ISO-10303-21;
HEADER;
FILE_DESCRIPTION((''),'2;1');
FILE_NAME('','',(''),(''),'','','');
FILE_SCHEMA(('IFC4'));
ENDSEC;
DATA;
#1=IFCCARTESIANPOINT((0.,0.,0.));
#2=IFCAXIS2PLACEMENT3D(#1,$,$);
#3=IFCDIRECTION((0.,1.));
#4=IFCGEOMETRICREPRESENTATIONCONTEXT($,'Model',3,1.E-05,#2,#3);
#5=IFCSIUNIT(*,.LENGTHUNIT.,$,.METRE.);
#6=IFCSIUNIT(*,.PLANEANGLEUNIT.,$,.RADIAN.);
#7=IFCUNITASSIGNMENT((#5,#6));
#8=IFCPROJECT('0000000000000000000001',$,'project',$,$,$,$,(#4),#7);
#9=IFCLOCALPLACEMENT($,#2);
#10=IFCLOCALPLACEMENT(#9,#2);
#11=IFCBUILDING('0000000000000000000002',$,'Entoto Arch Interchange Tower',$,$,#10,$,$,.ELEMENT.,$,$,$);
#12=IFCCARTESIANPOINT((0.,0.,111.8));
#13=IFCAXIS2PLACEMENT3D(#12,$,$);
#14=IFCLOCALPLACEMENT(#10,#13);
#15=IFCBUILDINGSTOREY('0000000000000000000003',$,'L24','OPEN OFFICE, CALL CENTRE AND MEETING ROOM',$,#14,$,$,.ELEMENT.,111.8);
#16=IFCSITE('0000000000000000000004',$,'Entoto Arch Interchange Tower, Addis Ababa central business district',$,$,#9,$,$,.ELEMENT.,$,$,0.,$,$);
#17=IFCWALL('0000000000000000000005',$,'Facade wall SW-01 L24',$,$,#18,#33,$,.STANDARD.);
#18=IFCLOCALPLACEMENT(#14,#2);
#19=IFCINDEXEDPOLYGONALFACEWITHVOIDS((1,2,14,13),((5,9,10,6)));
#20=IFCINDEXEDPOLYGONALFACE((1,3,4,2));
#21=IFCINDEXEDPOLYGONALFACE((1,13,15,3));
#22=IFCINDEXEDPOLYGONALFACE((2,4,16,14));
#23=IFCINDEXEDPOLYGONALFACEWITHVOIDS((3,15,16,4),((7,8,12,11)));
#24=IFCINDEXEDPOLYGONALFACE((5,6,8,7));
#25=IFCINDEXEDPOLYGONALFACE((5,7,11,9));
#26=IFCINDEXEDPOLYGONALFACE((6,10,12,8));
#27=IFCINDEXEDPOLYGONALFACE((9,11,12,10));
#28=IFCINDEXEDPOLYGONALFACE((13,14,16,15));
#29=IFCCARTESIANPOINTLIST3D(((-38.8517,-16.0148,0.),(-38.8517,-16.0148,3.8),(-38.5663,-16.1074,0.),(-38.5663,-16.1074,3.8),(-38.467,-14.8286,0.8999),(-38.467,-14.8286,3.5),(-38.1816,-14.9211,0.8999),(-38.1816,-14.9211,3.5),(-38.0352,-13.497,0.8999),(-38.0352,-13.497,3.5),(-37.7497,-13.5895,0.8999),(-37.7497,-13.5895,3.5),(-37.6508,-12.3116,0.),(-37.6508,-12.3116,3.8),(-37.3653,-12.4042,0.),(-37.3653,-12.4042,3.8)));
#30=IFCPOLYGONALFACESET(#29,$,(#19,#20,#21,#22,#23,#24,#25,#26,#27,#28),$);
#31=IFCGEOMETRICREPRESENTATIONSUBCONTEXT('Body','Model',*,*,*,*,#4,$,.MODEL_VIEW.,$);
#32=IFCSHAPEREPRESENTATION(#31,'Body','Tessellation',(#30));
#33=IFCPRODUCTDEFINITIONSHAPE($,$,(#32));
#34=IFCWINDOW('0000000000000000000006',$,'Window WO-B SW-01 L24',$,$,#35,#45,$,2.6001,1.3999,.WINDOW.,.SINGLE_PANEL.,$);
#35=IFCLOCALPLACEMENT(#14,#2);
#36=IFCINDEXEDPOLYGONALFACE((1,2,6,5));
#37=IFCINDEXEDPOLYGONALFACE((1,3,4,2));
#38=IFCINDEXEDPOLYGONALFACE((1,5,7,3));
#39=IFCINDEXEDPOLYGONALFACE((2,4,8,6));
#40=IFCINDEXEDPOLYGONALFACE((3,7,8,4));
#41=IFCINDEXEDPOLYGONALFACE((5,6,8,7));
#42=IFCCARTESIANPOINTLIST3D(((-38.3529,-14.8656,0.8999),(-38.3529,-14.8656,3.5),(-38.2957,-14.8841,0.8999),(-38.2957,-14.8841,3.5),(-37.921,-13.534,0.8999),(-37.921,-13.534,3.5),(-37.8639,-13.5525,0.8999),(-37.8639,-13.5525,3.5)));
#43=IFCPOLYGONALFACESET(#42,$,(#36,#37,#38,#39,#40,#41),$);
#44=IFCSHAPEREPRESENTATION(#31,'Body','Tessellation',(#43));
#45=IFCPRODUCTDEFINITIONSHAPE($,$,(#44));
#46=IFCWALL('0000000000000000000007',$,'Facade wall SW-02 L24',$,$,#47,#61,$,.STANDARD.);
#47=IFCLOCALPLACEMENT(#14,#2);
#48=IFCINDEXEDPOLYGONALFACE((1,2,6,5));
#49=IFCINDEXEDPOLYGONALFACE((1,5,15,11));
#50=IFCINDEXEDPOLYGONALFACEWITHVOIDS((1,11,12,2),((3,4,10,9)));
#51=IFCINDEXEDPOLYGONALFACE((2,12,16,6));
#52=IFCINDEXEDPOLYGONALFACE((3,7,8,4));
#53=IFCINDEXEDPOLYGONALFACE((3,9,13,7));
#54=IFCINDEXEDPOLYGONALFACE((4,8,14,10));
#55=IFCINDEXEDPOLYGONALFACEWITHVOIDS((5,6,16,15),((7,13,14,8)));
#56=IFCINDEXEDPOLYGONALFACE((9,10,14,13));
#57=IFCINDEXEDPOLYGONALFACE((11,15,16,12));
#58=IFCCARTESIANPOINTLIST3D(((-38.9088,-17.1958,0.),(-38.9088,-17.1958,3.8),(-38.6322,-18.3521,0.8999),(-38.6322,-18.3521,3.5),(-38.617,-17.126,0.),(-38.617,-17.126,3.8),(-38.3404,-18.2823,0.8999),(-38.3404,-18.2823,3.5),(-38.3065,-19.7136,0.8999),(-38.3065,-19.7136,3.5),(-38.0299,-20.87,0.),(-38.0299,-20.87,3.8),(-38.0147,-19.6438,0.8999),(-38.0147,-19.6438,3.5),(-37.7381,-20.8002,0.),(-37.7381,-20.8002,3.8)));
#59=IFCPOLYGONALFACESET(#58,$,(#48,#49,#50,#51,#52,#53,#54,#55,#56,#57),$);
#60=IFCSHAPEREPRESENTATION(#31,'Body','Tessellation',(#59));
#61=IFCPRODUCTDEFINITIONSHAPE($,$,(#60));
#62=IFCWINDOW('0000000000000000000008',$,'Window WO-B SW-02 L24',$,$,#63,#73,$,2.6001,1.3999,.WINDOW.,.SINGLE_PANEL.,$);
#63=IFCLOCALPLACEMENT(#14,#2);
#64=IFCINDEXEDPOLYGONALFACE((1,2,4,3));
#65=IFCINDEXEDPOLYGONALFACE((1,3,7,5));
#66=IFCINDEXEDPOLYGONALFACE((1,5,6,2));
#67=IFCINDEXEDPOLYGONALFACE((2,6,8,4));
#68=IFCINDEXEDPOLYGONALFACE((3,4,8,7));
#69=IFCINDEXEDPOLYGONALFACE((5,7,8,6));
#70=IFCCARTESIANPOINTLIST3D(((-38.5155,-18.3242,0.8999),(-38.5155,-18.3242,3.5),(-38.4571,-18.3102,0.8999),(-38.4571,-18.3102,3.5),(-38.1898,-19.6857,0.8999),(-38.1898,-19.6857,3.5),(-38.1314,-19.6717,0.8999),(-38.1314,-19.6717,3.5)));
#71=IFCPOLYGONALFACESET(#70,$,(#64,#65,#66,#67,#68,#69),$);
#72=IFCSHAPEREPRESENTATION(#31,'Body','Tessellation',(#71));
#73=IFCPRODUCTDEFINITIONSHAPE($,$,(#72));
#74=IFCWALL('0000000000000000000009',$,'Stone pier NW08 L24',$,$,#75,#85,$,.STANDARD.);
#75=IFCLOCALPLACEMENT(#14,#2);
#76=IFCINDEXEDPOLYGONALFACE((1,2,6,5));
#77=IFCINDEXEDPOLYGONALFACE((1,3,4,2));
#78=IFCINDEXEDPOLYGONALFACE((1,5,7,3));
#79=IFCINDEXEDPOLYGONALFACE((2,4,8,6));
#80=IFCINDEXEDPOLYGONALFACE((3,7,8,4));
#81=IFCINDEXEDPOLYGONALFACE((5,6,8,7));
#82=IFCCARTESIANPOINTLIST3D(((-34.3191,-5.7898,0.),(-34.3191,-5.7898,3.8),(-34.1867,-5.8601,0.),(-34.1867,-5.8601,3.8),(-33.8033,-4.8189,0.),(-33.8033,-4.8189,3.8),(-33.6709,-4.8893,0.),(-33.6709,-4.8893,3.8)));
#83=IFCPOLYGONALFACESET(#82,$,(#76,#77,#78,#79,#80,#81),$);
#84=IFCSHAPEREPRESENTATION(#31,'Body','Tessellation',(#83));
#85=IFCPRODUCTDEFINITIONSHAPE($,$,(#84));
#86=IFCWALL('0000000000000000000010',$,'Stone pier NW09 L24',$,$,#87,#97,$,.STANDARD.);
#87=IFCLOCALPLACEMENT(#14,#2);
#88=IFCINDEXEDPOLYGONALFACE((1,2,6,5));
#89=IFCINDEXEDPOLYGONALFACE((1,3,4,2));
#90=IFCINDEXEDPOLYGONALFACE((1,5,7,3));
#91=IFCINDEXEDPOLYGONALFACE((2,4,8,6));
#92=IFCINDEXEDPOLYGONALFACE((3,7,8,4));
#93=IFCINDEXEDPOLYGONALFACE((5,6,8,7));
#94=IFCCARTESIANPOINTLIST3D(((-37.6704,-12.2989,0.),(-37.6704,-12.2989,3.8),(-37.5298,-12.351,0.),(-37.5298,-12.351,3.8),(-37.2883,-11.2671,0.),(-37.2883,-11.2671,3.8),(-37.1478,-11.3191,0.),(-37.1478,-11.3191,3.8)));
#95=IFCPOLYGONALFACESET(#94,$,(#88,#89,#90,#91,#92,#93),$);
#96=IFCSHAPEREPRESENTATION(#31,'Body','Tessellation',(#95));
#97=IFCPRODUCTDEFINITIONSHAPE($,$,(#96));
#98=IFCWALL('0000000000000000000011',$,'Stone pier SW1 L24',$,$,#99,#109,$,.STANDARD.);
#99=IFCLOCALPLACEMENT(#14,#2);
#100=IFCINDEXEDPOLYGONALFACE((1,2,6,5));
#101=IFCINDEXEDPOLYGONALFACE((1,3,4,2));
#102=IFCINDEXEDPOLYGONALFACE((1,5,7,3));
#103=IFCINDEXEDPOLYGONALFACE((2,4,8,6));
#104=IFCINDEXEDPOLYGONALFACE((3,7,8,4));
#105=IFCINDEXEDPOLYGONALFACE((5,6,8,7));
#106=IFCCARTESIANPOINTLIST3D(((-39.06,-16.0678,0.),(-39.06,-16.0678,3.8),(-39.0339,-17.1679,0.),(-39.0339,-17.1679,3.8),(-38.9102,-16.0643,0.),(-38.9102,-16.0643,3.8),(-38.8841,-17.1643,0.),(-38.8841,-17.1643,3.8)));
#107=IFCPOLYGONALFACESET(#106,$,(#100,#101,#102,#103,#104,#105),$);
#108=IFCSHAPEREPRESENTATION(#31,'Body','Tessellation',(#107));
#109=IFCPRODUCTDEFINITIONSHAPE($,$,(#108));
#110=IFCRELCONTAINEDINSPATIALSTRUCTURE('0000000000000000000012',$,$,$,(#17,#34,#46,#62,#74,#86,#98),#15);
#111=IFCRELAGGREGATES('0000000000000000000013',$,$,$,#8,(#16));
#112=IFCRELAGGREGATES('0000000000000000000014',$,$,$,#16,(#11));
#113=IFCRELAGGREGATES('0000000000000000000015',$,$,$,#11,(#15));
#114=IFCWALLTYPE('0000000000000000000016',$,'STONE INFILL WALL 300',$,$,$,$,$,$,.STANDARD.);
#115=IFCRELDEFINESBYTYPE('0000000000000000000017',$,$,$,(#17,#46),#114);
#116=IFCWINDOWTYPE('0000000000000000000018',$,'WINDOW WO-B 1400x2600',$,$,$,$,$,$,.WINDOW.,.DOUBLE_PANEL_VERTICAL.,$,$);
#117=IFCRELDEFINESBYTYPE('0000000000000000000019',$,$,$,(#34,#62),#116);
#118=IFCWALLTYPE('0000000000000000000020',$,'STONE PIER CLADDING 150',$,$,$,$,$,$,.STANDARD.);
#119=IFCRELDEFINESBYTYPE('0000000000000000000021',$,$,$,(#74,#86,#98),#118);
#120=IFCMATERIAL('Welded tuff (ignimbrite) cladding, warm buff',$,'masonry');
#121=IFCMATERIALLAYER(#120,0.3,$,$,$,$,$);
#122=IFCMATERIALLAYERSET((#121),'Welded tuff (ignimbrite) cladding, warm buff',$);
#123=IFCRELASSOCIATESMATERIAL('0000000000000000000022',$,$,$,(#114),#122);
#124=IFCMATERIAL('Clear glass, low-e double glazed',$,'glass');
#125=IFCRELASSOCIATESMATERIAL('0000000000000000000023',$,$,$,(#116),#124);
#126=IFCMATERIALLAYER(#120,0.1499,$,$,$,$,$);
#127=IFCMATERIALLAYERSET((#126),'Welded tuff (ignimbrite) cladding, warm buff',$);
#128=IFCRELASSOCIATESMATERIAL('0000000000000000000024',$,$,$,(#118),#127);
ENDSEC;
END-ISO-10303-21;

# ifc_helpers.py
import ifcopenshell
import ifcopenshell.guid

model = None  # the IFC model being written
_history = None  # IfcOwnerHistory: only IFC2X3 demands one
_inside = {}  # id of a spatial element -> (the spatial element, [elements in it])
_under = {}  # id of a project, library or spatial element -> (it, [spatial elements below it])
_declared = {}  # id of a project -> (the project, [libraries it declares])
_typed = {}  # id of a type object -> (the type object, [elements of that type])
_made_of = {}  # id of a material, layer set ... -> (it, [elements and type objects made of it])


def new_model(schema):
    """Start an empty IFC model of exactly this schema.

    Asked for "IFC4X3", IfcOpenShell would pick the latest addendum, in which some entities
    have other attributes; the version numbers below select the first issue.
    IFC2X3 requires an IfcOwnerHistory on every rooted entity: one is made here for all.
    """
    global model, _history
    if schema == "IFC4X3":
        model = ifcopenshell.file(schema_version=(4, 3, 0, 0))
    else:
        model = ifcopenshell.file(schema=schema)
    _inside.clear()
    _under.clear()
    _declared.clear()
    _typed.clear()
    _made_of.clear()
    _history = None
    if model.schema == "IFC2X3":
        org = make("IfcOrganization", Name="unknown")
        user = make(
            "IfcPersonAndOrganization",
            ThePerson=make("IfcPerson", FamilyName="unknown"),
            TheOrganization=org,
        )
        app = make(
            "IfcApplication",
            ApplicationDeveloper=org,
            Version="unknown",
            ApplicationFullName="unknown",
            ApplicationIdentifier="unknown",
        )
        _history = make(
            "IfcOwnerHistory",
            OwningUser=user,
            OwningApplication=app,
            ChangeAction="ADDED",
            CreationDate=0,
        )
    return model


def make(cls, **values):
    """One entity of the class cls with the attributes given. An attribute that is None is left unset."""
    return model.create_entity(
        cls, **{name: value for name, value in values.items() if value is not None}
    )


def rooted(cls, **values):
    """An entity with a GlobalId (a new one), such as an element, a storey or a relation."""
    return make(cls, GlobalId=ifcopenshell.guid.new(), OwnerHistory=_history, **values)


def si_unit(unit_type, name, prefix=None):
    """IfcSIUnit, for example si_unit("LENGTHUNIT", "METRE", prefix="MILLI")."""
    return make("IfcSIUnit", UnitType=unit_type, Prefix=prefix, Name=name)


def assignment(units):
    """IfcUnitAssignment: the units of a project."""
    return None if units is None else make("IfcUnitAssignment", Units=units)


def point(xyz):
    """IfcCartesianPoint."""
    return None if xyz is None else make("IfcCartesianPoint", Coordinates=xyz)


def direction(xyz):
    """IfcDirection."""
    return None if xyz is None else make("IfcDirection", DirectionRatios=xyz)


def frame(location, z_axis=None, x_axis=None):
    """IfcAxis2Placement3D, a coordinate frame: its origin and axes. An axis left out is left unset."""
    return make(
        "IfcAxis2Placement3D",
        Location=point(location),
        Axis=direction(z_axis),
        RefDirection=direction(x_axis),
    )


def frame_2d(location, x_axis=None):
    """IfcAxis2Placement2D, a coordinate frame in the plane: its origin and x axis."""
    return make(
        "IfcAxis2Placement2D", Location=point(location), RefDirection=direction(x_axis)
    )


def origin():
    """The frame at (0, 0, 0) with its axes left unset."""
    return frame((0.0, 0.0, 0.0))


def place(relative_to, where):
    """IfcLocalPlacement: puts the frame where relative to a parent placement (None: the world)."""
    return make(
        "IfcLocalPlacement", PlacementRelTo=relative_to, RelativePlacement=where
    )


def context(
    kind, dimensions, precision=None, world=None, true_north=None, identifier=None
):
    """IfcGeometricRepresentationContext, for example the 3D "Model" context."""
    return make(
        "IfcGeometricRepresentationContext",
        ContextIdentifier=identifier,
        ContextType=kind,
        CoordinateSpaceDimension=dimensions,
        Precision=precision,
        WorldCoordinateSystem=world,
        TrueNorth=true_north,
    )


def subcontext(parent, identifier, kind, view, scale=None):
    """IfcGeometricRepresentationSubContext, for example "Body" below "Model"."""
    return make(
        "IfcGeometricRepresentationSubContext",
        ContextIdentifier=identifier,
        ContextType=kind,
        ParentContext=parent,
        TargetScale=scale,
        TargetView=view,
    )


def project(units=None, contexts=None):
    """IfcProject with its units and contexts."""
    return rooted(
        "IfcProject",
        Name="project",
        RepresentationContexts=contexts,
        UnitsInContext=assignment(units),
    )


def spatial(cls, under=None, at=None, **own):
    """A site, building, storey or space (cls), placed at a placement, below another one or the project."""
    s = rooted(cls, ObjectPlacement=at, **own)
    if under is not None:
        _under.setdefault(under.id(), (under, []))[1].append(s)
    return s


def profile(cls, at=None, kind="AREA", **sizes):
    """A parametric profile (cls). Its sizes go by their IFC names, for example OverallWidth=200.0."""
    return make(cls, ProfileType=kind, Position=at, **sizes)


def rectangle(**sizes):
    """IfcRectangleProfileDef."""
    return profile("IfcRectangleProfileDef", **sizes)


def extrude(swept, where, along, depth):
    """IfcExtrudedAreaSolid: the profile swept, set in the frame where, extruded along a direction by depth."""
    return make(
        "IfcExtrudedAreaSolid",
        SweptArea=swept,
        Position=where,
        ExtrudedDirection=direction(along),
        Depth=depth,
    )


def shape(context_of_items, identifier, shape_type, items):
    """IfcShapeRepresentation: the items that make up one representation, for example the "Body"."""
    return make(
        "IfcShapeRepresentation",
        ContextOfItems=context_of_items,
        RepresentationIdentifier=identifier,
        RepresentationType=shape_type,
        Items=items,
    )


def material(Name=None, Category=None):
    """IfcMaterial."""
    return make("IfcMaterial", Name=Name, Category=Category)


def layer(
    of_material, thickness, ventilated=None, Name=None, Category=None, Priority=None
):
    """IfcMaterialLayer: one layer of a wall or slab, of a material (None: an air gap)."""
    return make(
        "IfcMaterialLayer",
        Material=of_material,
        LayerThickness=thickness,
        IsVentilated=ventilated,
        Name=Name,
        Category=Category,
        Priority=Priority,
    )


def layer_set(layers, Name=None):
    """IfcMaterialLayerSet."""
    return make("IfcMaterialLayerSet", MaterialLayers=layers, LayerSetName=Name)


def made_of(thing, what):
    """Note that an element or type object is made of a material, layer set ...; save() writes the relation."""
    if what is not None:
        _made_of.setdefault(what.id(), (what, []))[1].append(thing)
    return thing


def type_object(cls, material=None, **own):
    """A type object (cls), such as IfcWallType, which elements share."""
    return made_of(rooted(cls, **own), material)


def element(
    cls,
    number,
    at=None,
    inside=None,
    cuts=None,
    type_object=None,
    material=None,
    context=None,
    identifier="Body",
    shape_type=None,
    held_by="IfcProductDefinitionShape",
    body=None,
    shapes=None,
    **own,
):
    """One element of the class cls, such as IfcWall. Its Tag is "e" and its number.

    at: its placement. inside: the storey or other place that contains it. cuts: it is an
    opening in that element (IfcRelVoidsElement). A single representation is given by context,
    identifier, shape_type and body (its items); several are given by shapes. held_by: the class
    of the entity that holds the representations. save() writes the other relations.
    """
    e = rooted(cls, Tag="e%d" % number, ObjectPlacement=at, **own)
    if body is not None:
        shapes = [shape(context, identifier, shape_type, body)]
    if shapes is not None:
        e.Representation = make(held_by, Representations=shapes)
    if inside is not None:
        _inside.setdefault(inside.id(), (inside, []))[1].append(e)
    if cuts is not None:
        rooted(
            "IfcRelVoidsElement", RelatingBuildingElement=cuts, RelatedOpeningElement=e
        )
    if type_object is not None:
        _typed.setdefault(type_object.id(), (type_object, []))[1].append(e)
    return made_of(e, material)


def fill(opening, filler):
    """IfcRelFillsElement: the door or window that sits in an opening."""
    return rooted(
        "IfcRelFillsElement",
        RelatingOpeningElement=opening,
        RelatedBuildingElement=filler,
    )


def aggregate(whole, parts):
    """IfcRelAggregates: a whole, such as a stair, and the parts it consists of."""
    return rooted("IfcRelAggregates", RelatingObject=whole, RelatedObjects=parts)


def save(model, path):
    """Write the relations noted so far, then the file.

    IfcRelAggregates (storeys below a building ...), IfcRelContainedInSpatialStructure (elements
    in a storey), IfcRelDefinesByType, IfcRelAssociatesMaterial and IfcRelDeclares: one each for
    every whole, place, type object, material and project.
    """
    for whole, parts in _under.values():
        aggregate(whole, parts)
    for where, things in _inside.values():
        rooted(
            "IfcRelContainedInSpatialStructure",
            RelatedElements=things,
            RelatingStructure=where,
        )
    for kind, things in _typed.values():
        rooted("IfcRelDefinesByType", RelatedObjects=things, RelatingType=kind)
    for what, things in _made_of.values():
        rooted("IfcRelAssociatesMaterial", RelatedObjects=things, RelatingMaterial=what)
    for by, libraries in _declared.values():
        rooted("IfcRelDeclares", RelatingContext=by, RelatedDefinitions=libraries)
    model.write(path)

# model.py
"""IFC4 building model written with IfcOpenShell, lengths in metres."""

from ifc_helpers import new_model, si_unit, direction, frame, frame_2d, origin, place, context, subcontext, project, spatial, rectangle, extrude, material, layer, layer_set, type_object, element, fill, save


model = new_model("IFC4")

# Units and contexts
model_context = context("Model", 3, precision=1e-05, world=origin(), true_north=direction((0.0, 1.0)))
body_context = subcontext(model_context, "Body", "Model", "MODEL_VIEW")
ifc_project = project(units=[si_unit("LENGTHUNIT", "METRE"), si_unit("PLANEANGLEUNIT", "RADIAN")], contexts=[model_context])

# Site, building, storey
site_placement = place(None, origin())
site = spatial("IfcSite", under=ifc_project, at=site_placement, Name="Entoto Arch Interchange Tower, Addis Ababa central business district", CompositionType="ELEMENT", RefElevation=0.0)
building_placement = place(site_placement, origin())
building = spatial("IfcBuilding", under=site, at=building_placement, Name="Entoto Arch Interchange Tower", CompositionType="ELEMENT")
storey_placement = place(building_placement, frame((0.0, 0.0, 111.8)))
storey = spatial("IfcBuildingStorey", under=building, at=storey_placement, Name="L24", Description="OPEN OFFICE, CALL CENTRE AND MEETING ROOM", CompositionType="ELEMENT", Elevation=111.8)

# Shared definitions
ifc_material_1 = material(Name="Welded tuff (ignimbrite) cladding, warm buff", Category="masonry")
ifc_layer_1 = layer(ifc_material_1, 0.3)
ifc_layer_set_1 = layer_set([ifc_layer_1], Name="Welded tuff (ignimbrite) cladding, warm buff")
wall_type_1 = type_object("IfcWallType", Name="STONE INFILL WALL 300", PredefinedType="STANDARD", material=ifc_layer_set_1)
ifc_material_2 = material(Name="Clear glass, low-e double glazed", Category="glass")

# Walls, openings, windows
wall_1_placement = place(storey_placement, frame((-37.5081, -12.3579, 0.0), z_axis=(0.0, 0.0, 1.0), x_axis=(-0.308485, -0.951229, 0.0)))
wall_1 = element("IfcWall", 1, at=wall_1_placement, inside=storey, type_object=wall_type_1, Name="Facade wall SW-01 L24", PredefinedType="STANDARD", context=body_context, shape_type="SweptSolid", body=[
    extrude(rectangle(XDim=3.8931, YDim=0.3, at=frame_2d((1.9465, 0.0))), origin(), (0.0, 0.0, 1.0), 3.8),
])
opening_1_placement = place(wall_1_placement, frame((1.2461, 0.0, 0.8999)))
opening_1 = element("IfcOpeningElement", 2, at=opening_1_placement, cuts=wall_1, PredefinedType="OPENING", context=body_context, shape_type="SweptSolid", body=[
    extrude(rectangle(XDim=1.3999, YDim=2.6001, at=frame_2d((0.7, 1.3))), frame((0.0, 0.1602, 0.0), z_axis=(0.0, -1.0, 0.0), x_axis=(1.0, 0.0, 0.0)), (0.0, 0.0, 1.0), 0.3201),
])
window_type_1 = type_object("IfcWindowType", Name="WINDOW WO-B 1400x2600", PartitioningType="DOUBLE_PANEL_VERTICAL", PredefinedType="WINDOW", material=ifc_material_2)
window_1_placement = place(opening_1_placement, origin())
window_1 = element("IfcWindow", 3, at=window_1_placement, inside=storey, type_object=window_type_1, Name="Window WO-B SW-01 L24", OverallHeight=2.6001, OverallWidth=1.3999, PartitioningType="SINGLE_PANEL", PredefinedType="WINDOW", context=body_context, shape_type="SweptSolid", body=[
    extrude(rectangle(XDim=1.3999, YDim=2.6001, at=frame_2d((0.7, 1.3))), frame((0.0, 0.03, 0.0), z_axis=(0.0, -1.0, 0.0), x_axis=(1.0, 0.0, 0.0)), (0.0, 0.0, 1.0), 0.0601),
])
fill(opening_1, window_1)
wall_2_placement = place(storey_placement, frame((-38.7629, -17.1609, 0.0), z_axis=(0.0, 0.0, 1.0), x_axis=(0.232654, -0.97256, 0.0)))
wall_2 = element("IfcWall", 4, at=wall_2_placement, inside=storey, type_object=wall_type_1, Name="Facade wall SW-02 L24", PredefinedType="STANDARD", context=body_context, shape_type="SweptSolid", body=[
    extrude(rectangle(XDim=3.7778, YDim=0.3, at=frame_2d((1.8889, 0.0))), origin(), (0.0, 0.0, 1.0), 3.8),
])
opening_2_placement = place(wall_2_placement, frame((1.189, 0.0, 0.8999)))
opening_2 = element("IfcOpeningElement", 5, at=opening_2_placement, cuts=wall_2, PredefinedType="OPENING", context=body_context, shape_type="SweptSolid", body=[
    extrude(rectangle(XDim=1.3999, YDim=2.6001, at=frame_2d((0.7, 1.3))), frame((0.0, 0.1602, 0.0), z_axis=(0.0, -1.0, 0.0), x_axis=(1.0, 0.0, 0.0)), (0.0, 0.0, 1.0), 0.3201),
])
window_2_placement = place(opening_2_placement, origin())
window_2 = element("IfcWindow", 6, at=window_2_placement, inside=storey, type_object=window_type_1, Name="Window WO-B SW-02 L24", OverallHeight=2.6001, OverallWidth=1.3999, PartitioningType="SINGLE_PANEL", PredefinedType="WINDOW", context=body_context, shape_type="SweptSolid", body=[
    extrude(rectangle(XDim=1.3999, YDim=2.6001, at=frame_2d((0.7, 1.3))), frame((0.0, 0.03, 0.0), z_axis=(0.0, -1.0, 0.0), x_axis=(1.0, 0.0, 0.0)), (0.0, 0.0, 1.0), 0.0601),
])
fill(opening_2, window_2)

# Walls
ifc_layer_2 = layer(ifc_material_1, 0.1499)
ifc_layer_set_2 = layer_set([ifc_layer_2], Name="Welded tuff (ignimbrite) cladding, warm buff")
wall_type_2 = type_object("IfcWallType", Name="STONE PIER CLADDING 150", PredefinedType="STANDARD", material=ifc_layer_set_2)
wall_3_placement = place(storey_placement, frame((-33.7371, -4.854, 0.0), z_axis=(0.0, 0.0, 1.0), x_axis=(-0.469193, -0.883096, 0.0)))
element("IfcWall", 7, at=wall_3_placement, inside=storey, type_object=wall_type_2, Name="Stone pier NW08 L24", PredefinedType="STANDARD", context=body_context, shape_type="SweptSolid", body=[
    extrude(rectangle(XDim=1.0994, YDim=0.1499, at=frame_2d((0.5498, 0.0))), origin(), (0.0, 0.0, 1.0), 3.8),
])
for number, where, z_axis, x_axis, name in (
    (8, (-37.218, -11.293, 0.0), (0.0, 0.0, 1.0), (-0.347206, -0.937789, 0.0), "Stone pier NW09 L24"),
    (9, (-38.9851, -16.0659, 0.0), (0.0, 0.0, 1.0), (0.023739, -0.999718, 0.0), "Stone pier SW1 L24"),
):
    element("IfcWall", number, at=place(storey_placement, frame(where, z_axis=z_axis, x_axis=x_axis)), inside=storey, type_object=wall_type_2, Name=name, PredefinedType="STANDARD", context=body_context, shape_type="SweptSolid", body=[
        extrude(rectangle(XDim=1.1003, YDim=0.1499, at=frame_2d((0.5503, 0.0))), origin(), (0.0, 0.0, 1.0), 3.8),
    ])

save(model, "model.ifc")
